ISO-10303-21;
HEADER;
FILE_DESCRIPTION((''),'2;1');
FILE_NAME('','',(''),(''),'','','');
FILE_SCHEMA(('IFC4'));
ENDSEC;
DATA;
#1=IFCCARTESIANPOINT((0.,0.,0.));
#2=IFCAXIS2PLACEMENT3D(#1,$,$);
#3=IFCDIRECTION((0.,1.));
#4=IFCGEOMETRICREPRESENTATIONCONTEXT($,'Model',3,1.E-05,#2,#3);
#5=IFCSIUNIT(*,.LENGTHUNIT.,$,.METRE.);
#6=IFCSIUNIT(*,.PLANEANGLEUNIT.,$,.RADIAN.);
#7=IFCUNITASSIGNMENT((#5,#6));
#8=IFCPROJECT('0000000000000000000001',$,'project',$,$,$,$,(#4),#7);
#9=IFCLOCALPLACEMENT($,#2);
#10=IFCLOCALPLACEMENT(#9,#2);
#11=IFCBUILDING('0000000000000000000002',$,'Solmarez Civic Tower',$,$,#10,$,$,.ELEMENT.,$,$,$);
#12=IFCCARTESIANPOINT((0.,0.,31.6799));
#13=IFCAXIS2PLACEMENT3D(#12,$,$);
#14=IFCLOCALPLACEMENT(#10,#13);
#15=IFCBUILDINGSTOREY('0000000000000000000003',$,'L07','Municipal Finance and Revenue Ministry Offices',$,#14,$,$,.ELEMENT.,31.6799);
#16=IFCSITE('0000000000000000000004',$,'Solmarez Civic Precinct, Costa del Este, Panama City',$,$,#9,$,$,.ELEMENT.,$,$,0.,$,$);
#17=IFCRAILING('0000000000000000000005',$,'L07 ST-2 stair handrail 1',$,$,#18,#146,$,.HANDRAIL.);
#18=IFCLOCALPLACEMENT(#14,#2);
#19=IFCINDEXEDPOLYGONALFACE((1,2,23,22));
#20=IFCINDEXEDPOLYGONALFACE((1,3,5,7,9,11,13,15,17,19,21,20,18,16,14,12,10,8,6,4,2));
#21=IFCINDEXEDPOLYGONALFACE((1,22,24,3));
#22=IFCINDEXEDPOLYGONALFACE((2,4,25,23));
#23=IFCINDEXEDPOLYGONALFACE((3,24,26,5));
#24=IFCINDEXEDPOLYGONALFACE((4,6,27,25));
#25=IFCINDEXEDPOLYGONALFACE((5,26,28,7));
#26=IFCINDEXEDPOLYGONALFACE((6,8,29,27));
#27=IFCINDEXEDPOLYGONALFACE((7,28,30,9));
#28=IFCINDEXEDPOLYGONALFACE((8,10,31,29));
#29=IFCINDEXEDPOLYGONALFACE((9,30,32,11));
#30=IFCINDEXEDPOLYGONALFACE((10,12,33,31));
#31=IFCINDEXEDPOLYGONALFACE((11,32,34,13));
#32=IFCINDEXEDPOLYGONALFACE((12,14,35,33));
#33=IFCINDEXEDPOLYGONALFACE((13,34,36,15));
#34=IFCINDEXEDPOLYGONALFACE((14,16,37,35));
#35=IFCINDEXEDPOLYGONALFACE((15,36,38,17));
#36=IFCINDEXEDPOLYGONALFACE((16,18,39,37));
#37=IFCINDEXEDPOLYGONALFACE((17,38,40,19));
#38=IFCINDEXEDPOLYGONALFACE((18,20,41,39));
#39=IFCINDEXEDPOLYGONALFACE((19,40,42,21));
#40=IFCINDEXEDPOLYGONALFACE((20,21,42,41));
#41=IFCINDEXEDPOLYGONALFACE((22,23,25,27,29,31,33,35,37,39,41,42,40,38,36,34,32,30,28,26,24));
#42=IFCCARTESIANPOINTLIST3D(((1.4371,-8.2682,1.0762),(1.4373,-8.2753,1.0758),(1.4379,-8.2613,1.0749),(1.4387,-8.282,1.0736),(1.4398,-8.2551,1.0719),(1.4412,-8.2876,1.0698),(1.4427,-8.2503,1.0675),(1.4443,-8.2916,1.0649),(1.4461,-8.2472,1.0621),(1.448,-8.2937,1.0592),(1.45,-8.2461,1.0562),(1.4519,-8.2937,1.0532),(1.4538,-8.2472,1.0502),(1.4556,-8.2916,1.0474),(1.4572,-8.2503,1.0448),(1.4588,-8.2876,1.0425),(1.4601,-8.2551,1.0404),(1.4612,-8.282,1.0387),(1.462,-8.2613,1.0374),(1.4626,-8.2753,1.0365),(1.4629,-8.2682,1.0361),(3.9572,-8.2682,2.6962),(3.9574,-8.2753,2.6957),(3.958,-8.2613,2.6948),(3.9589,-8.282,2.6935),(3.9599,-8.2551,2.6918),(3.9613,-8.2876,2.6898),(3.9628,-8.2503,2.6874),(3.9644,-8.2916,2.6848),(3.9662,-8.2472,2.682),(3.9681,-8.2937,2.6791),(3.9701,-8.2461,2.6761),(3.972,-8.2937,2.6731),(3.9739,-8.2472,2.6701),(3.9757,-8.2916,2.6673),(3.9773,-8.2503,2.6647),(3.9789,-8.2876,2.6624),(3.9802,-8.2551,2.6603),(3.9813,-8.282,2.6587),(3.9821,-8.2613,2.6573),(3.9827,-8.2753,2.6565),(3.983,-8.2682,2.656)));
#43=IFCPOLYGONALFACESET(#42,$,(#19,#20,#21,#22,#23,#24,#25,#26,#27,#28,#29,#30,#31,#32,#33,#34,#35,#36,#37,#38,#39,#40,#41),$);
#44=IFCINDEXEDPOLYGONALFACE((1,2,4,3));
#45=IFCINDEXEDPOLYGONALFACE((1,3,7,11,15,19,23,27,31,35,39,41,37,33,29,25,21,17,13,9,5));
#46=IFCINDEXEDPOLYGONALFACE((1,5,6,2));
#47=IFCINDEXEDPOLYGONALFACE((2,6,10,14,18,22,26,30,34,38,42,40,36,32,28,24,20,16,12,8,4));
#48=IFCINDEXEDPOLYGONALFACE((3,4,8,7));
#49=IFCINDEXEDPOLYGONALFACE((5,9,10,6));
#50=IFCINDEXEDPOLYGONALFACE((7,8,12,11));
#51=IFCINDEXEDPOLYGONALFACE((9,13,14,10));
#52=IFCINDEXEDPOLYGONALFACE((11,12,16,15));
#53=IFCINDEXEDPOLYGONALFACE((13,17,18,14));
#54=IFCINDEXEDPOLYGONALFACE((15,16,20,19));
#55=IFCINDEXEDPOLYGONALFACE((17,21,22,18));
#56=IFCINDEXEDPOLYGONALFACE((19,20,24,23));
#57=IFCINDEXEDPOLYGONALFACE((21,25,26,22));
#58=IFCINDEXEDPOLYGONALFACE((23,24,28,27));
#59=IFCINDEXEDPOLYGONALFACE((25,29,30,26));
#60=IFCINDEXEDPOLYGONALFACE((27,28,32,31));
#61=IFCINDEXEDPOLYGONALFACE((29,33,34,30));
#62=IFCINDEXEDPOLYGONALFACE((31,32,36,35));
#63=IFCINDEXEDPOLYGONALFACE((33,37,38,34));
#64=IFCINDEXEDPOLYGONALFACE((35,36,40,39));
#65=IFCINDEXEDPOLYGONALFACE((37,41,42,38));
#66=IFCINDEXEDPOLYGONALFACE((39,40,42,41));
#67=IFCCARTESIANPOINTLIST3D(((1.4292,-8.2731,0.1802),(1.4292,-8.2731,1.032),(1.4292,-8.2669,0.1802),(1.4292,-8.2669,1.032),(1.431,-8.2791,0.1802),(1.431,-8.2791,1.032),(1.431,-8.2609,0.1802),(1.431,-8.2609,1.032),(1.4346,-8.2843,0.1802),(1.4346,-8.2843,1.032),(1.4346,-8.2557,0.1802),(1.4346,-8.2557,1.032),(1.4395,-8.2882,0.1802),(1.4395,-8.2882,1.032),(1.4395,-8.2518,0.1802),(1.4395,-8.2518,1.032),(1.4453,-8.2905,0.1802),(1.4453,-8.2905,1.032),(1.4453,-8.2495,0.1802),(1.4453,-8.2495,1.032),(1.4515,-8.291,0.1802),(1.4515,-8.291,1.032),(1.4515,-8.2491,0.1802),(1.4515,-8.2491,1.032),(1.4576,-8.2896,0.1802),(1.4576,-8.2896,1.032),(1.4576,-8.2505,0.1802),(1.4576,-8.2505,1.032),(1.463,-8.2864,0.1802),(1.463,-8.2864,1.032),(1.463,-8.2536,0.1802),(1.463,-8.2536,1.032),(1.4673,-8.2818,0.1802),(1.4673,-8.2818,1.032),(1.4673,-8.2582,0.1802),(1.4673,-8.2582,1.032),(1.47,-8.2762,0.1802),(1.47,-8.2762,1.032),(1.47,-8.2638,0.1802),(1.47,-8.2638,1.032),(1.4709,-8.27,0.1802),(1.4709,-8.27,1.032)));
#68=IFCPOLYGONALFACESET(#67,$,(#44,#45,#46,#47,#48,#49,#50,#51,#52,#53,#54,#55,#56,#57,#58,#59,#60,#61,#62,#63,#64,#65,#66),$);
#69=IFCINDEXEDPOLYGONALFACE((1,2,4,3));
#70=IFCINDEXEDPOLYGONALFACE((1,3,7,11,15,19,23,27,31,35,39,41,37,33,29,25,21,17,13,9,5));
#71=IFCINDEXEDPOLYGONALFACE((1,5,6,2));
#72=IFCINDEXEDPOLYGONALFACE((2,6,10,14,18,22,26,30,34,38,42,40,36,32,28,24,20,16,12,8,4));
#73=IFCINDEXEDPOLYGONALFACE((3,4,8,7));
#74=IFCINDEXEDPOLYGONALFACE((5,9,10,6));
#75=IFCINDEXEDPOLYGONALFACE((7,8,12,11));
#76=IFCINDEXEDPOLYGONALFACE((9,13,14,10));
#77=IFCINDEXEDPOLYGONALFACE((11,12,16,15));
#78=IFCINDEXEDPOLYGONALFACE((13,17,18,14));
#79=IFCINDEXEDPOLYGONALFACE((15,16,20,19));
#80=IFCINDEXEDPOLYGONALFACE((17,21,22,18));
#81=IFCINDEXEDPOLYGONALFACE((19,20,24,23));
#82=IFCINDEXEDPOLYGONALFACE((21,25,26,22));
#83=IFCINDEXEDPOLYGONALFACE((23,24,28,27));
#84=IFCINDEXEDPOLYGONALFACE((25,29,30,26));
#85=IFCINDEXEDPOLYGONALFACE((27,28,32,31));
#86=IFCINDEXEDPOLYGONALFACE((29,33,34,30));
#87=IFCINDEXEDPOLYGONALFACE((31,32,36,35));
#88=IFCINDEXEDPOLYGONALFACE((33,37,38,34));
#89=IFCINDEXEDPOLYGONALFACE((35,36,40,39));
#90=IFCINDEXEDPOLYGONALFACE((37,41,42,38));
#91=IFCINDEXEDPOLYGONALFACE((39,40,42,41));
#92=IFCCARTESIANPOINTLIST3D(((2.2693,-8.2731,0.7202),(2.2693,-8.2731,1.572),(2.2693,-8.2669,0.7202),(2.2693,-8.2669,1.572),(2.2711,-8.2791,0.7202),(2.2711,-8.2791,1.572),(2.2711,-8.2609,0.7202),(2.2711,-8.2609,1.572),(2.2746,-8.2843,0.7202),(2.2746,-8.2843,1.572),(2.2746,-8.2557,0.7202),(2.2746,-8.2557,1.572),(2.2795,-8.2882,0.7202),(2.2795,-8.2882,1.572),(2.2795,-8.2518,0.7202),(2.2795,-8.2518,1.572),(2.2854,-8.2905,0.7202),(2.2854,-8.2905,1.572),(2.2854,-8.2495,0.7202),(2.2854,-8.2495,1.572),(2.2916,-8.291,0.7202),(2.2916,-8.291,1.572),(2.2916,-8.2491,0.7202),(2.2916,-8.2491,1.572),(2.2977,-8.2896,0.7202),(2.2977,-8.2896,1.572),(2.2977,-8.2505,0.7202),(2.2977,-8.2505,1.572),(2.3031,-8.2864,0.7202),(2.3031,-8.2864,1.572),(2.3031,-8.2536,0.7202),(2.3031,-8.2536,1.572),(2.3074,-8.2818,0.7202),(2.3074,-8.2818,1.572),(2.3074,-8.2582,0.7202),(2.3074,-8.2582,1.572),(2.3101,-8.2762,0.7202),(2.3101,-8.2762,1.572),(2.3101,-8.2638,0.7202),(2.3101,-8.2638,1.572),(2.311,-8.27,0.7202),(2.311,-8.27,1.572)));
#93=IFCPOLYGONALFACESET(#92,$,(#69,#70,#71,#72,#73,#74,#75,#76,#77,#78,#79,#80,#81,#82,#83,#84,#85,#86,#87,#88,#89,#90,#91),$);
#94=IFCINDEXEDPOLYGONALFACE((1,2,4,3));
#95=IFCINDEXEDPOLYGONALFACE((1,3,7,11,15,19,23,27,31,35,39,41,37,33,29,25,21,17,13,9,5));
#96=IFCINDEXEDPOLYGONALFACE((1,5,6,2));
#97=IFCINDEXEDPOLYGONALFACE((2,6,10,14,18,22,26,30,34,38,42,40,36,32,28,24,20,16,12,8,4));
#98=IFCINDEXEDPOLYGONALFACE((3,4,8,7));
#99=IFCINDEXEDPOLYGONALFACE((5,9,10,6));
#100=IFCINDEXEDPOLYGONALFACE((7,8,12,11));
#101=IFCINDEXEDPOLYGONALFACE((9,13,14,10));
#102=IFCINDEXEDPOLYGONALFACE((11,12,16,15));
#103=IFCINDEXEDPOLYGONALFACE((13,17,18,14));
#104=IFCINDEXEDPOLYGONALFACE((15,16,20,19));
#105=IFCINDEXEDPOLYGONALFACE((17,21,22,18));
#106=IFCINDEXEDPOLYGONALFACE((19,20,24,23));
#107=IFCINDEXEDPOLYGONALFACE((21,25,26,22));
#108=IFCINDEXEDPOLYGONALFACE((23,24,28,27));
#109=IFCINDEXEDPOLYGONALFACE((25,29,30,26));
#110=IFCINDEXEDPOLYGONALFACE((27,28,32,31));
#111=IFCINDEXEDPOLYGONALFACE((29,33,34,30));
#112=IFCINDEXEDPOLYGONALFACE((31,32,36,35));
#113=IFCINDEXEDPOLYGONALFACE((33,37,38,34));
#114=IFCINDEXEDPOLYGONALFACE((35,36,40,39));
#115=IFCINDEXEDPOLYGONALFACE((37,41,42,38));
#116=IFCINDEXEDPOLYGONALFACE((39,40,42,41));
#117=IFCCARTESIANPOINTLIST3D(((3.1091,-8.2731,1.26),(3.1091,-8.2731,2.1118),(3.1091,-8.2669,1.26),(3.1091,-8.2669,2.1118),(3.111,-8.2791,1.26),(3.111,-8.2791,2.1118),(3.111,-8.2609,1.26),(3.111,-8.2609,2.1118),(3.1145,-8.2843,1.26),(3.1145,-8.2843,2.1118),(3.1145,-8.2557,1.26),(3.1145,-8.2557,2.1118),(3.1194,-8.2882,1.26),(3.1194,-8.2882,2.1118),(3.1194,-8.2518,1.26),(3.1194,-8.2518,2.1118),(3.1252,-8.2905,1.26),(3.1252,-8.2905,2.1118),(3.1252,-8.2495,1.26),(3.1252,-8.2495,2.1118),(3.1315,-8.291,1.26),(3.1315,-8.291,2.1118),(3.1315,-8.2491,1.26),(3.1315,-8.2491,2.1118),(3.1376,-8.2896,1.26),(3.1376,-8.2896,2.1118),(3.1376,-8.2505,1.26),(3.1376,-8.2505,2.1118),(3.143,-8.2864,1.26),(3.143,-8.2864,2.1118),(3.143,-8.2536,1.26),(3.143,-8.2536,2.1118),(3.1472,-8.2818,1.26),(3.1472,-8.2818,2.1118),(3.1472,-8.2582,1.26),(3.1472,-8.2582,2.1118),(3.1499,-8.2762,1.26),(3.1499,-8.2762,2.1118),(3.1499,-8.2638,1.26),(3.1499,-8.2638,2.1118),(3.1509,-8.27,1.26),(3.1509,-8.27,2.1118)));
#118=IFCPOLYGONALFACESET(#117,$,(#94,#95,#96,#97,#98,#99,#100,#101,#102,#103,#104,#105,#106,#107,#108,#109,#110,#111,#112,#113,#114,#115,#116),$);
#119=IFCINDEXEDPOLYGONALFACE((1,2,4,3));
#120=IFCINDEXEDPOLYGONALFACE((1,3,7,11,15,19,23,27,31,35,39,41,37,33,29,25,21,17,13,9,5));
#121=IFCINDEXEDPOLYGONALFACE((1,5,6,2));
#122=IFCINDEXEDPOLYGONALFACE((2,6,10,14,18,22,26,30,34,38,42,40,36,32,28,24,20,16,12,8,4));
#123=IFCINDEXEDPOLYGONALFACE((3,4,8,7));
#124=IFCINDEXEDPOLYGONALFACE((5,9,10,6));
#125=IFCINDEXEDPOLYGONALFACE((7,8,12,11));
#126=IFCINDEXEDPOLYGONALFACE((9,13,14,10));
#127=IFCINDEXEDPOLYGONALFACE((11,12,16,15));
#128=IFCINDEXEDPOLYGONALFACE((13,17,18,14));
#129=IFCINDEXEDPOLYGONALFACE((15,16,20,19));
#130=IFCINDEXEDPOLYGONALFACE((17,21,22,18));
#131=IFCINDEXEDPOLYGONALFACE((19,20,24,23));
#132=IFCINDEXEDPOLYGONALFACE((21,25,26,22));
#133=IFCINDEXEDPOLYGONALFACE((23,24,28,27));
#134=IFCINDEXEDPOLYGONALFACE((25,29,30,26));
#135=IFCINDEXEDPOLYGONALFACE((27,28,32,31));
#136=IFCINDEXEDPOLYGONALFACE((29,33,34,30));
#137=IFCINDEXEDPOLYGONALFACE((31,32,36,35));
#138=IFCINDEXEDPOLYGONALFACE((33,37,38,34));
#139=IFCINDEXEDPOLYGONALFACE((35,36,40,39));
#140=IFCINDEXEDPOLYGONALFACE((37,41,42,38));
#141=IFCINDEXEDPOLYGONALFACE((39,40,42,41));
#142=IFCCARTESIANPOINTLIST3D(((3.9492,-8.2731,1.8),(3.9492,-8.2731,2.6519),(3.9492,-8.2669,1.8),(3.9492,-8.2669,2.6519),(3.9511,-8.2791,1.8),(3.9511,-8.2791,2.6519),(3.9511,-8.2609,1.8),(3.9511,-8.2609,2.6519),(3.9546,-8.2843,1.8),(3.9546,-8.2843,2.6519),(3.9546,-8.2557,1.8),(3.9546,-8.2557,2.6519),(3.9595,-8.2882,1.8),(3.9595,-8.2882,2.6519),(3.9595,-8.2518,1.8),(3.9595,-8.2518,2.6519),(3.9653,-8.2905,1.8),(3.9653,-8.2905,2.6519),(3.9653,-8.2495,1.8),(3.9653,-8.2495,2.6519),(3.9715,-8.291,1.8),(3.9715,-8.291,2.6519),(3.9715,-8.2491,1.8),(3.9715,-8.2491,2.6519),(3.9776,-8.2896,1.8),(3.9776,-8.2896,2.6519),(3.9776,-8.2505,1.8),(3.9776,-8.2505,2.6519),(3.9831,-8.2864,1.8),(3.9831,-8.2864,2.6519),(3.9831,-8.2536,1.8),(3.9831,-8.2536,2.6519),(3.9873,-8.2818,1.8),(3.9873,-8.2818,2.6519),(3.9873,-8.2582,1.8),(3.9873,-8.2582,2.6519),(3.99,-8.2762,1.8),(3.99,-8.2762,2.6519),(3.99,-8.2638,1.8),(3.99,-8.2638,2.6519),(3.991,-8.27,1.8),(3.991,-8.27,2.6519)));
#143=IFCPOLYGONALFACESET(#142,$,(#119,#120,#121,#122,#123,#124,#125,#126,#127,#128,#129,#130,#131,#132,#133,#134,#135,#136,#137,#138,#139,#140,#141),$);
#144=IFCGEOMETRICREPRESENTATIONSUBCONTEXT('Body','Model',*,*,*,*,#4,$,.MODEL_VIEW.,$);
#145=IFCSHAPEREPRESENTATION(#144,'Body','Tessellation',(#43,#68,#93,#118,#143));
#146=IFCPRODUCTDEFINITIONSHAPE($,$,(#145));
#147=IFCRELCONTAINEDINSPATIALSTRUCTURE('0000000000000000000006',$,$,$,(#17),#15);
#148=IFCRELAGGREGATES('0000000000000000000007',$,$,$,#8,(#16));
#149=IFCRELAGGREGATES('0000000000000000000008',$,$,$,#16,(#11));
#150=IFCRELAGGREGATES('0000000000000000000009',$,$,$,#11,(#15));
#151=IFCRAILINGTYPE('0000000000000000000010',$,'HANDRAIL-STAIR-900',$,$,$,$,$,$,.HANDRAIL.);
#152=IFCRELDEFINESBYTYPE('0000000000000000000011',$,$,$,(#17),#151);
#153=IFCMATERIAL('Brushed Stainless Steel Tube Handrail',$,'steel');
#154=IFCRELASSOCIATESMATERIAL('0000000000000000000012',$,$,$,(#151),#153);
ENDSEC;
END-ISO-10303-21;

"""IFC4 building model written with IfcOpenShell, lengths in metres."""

from ifc_helpers import new_model, si_unit, direction, frame, origin, origin_2d, place, context, subcontext, project, spatial, circle, extrude, material, type_object, element, save


model = new_model("IFC4")

# Units and contexts
model_context = context("Model", 3, precision=1e-05, world=origin(), true_north=direction((0.0, 1.0)))
body_context = subcontext(model_context, "Body", "Model", "MODEL_VIEW")
ifc_project = project(units=[si_unit("LENGTHUNIT", "METRE"), si_unit("PLANEANGLEUNIT", "RADIAN")], contexts=[model_context])

# Site, building, storey
site_placement = place(None, origin())
site = spatial("IfcSite", under=ifc_project, at=site_placement, Name="Solmarez Civic Precinct, Costa del Este, Panama City", CompositionType="ELEMENT", RefElevation=0.0)
building_placement = place(site_placement, origin())
building = spatial("IfcBuilding", under=site, at=building_placement, Name="Solmarez Civic Tower", CompositionType="ELEMENT")
storey_placement = place(building_placement, frame((0.0, 0.0, 31.6799)))
storey = spatial("IfcBuildingStorey", under=building, at=storey_placement, Name="L07", Description="Municipal Finance and Revenue Ministry Offices", CompositionType="ELEMENT", Elevation=31.6799)

# Railing
ifc_material_1 = material(Name="Brushed Stainless Steel Tube Handrail", Category="steel")
railing_type_1 = type_object("IfcRailingType", Name="HANDRAIL-STAIR-900", PredefinedType="HANDRAIL", material=ifc_material_1)
railing_1_placement = place(storey_placement, frame((1.45, -8.27, 0.1802)))
element("IfcRailing", 1, at=railing_1_placement, inside=storey, type_object=railing_type_1, Name="L07 ST-2 stair handrail 1", PredefinedType="HANDRAIL", context=body_context, shape_type="SweptSolid", body=[
    extrude(circle(Radius=0.0239, at=origin_2d()), frame((0.0, 0.0, 0.876), z_axis=(0.8412, 0.0, 0.540725), x_axis=(0.0, 1.0, 0.0)), (0.0, 0.0, 1.0), 2.9958),
    extrude(circle(Radius=0.021, at=origin_2d()), origin(), (0.0, 0.0, 1.0), 0.8518),
    extrude(circle(Radius=0.021, at=origin_2d()), frame((0.8401, 0.0, 0.54)), (0.0, 0.0, 1.0), 0.8518),
    extrude(circle(Radius=0.021, at=origin_2d()), frame((1.6799, 0.0, 1.0798)), (0.0, 0.0, 1.0), 0.8518),
    extrude(circle(Radius=0.021, at=origin_2d()), frame((2.52, 0.0, 1.6199)), (0.0, 0.0, 1.0), 0.8518),
])

save(model, "model.ifc")
